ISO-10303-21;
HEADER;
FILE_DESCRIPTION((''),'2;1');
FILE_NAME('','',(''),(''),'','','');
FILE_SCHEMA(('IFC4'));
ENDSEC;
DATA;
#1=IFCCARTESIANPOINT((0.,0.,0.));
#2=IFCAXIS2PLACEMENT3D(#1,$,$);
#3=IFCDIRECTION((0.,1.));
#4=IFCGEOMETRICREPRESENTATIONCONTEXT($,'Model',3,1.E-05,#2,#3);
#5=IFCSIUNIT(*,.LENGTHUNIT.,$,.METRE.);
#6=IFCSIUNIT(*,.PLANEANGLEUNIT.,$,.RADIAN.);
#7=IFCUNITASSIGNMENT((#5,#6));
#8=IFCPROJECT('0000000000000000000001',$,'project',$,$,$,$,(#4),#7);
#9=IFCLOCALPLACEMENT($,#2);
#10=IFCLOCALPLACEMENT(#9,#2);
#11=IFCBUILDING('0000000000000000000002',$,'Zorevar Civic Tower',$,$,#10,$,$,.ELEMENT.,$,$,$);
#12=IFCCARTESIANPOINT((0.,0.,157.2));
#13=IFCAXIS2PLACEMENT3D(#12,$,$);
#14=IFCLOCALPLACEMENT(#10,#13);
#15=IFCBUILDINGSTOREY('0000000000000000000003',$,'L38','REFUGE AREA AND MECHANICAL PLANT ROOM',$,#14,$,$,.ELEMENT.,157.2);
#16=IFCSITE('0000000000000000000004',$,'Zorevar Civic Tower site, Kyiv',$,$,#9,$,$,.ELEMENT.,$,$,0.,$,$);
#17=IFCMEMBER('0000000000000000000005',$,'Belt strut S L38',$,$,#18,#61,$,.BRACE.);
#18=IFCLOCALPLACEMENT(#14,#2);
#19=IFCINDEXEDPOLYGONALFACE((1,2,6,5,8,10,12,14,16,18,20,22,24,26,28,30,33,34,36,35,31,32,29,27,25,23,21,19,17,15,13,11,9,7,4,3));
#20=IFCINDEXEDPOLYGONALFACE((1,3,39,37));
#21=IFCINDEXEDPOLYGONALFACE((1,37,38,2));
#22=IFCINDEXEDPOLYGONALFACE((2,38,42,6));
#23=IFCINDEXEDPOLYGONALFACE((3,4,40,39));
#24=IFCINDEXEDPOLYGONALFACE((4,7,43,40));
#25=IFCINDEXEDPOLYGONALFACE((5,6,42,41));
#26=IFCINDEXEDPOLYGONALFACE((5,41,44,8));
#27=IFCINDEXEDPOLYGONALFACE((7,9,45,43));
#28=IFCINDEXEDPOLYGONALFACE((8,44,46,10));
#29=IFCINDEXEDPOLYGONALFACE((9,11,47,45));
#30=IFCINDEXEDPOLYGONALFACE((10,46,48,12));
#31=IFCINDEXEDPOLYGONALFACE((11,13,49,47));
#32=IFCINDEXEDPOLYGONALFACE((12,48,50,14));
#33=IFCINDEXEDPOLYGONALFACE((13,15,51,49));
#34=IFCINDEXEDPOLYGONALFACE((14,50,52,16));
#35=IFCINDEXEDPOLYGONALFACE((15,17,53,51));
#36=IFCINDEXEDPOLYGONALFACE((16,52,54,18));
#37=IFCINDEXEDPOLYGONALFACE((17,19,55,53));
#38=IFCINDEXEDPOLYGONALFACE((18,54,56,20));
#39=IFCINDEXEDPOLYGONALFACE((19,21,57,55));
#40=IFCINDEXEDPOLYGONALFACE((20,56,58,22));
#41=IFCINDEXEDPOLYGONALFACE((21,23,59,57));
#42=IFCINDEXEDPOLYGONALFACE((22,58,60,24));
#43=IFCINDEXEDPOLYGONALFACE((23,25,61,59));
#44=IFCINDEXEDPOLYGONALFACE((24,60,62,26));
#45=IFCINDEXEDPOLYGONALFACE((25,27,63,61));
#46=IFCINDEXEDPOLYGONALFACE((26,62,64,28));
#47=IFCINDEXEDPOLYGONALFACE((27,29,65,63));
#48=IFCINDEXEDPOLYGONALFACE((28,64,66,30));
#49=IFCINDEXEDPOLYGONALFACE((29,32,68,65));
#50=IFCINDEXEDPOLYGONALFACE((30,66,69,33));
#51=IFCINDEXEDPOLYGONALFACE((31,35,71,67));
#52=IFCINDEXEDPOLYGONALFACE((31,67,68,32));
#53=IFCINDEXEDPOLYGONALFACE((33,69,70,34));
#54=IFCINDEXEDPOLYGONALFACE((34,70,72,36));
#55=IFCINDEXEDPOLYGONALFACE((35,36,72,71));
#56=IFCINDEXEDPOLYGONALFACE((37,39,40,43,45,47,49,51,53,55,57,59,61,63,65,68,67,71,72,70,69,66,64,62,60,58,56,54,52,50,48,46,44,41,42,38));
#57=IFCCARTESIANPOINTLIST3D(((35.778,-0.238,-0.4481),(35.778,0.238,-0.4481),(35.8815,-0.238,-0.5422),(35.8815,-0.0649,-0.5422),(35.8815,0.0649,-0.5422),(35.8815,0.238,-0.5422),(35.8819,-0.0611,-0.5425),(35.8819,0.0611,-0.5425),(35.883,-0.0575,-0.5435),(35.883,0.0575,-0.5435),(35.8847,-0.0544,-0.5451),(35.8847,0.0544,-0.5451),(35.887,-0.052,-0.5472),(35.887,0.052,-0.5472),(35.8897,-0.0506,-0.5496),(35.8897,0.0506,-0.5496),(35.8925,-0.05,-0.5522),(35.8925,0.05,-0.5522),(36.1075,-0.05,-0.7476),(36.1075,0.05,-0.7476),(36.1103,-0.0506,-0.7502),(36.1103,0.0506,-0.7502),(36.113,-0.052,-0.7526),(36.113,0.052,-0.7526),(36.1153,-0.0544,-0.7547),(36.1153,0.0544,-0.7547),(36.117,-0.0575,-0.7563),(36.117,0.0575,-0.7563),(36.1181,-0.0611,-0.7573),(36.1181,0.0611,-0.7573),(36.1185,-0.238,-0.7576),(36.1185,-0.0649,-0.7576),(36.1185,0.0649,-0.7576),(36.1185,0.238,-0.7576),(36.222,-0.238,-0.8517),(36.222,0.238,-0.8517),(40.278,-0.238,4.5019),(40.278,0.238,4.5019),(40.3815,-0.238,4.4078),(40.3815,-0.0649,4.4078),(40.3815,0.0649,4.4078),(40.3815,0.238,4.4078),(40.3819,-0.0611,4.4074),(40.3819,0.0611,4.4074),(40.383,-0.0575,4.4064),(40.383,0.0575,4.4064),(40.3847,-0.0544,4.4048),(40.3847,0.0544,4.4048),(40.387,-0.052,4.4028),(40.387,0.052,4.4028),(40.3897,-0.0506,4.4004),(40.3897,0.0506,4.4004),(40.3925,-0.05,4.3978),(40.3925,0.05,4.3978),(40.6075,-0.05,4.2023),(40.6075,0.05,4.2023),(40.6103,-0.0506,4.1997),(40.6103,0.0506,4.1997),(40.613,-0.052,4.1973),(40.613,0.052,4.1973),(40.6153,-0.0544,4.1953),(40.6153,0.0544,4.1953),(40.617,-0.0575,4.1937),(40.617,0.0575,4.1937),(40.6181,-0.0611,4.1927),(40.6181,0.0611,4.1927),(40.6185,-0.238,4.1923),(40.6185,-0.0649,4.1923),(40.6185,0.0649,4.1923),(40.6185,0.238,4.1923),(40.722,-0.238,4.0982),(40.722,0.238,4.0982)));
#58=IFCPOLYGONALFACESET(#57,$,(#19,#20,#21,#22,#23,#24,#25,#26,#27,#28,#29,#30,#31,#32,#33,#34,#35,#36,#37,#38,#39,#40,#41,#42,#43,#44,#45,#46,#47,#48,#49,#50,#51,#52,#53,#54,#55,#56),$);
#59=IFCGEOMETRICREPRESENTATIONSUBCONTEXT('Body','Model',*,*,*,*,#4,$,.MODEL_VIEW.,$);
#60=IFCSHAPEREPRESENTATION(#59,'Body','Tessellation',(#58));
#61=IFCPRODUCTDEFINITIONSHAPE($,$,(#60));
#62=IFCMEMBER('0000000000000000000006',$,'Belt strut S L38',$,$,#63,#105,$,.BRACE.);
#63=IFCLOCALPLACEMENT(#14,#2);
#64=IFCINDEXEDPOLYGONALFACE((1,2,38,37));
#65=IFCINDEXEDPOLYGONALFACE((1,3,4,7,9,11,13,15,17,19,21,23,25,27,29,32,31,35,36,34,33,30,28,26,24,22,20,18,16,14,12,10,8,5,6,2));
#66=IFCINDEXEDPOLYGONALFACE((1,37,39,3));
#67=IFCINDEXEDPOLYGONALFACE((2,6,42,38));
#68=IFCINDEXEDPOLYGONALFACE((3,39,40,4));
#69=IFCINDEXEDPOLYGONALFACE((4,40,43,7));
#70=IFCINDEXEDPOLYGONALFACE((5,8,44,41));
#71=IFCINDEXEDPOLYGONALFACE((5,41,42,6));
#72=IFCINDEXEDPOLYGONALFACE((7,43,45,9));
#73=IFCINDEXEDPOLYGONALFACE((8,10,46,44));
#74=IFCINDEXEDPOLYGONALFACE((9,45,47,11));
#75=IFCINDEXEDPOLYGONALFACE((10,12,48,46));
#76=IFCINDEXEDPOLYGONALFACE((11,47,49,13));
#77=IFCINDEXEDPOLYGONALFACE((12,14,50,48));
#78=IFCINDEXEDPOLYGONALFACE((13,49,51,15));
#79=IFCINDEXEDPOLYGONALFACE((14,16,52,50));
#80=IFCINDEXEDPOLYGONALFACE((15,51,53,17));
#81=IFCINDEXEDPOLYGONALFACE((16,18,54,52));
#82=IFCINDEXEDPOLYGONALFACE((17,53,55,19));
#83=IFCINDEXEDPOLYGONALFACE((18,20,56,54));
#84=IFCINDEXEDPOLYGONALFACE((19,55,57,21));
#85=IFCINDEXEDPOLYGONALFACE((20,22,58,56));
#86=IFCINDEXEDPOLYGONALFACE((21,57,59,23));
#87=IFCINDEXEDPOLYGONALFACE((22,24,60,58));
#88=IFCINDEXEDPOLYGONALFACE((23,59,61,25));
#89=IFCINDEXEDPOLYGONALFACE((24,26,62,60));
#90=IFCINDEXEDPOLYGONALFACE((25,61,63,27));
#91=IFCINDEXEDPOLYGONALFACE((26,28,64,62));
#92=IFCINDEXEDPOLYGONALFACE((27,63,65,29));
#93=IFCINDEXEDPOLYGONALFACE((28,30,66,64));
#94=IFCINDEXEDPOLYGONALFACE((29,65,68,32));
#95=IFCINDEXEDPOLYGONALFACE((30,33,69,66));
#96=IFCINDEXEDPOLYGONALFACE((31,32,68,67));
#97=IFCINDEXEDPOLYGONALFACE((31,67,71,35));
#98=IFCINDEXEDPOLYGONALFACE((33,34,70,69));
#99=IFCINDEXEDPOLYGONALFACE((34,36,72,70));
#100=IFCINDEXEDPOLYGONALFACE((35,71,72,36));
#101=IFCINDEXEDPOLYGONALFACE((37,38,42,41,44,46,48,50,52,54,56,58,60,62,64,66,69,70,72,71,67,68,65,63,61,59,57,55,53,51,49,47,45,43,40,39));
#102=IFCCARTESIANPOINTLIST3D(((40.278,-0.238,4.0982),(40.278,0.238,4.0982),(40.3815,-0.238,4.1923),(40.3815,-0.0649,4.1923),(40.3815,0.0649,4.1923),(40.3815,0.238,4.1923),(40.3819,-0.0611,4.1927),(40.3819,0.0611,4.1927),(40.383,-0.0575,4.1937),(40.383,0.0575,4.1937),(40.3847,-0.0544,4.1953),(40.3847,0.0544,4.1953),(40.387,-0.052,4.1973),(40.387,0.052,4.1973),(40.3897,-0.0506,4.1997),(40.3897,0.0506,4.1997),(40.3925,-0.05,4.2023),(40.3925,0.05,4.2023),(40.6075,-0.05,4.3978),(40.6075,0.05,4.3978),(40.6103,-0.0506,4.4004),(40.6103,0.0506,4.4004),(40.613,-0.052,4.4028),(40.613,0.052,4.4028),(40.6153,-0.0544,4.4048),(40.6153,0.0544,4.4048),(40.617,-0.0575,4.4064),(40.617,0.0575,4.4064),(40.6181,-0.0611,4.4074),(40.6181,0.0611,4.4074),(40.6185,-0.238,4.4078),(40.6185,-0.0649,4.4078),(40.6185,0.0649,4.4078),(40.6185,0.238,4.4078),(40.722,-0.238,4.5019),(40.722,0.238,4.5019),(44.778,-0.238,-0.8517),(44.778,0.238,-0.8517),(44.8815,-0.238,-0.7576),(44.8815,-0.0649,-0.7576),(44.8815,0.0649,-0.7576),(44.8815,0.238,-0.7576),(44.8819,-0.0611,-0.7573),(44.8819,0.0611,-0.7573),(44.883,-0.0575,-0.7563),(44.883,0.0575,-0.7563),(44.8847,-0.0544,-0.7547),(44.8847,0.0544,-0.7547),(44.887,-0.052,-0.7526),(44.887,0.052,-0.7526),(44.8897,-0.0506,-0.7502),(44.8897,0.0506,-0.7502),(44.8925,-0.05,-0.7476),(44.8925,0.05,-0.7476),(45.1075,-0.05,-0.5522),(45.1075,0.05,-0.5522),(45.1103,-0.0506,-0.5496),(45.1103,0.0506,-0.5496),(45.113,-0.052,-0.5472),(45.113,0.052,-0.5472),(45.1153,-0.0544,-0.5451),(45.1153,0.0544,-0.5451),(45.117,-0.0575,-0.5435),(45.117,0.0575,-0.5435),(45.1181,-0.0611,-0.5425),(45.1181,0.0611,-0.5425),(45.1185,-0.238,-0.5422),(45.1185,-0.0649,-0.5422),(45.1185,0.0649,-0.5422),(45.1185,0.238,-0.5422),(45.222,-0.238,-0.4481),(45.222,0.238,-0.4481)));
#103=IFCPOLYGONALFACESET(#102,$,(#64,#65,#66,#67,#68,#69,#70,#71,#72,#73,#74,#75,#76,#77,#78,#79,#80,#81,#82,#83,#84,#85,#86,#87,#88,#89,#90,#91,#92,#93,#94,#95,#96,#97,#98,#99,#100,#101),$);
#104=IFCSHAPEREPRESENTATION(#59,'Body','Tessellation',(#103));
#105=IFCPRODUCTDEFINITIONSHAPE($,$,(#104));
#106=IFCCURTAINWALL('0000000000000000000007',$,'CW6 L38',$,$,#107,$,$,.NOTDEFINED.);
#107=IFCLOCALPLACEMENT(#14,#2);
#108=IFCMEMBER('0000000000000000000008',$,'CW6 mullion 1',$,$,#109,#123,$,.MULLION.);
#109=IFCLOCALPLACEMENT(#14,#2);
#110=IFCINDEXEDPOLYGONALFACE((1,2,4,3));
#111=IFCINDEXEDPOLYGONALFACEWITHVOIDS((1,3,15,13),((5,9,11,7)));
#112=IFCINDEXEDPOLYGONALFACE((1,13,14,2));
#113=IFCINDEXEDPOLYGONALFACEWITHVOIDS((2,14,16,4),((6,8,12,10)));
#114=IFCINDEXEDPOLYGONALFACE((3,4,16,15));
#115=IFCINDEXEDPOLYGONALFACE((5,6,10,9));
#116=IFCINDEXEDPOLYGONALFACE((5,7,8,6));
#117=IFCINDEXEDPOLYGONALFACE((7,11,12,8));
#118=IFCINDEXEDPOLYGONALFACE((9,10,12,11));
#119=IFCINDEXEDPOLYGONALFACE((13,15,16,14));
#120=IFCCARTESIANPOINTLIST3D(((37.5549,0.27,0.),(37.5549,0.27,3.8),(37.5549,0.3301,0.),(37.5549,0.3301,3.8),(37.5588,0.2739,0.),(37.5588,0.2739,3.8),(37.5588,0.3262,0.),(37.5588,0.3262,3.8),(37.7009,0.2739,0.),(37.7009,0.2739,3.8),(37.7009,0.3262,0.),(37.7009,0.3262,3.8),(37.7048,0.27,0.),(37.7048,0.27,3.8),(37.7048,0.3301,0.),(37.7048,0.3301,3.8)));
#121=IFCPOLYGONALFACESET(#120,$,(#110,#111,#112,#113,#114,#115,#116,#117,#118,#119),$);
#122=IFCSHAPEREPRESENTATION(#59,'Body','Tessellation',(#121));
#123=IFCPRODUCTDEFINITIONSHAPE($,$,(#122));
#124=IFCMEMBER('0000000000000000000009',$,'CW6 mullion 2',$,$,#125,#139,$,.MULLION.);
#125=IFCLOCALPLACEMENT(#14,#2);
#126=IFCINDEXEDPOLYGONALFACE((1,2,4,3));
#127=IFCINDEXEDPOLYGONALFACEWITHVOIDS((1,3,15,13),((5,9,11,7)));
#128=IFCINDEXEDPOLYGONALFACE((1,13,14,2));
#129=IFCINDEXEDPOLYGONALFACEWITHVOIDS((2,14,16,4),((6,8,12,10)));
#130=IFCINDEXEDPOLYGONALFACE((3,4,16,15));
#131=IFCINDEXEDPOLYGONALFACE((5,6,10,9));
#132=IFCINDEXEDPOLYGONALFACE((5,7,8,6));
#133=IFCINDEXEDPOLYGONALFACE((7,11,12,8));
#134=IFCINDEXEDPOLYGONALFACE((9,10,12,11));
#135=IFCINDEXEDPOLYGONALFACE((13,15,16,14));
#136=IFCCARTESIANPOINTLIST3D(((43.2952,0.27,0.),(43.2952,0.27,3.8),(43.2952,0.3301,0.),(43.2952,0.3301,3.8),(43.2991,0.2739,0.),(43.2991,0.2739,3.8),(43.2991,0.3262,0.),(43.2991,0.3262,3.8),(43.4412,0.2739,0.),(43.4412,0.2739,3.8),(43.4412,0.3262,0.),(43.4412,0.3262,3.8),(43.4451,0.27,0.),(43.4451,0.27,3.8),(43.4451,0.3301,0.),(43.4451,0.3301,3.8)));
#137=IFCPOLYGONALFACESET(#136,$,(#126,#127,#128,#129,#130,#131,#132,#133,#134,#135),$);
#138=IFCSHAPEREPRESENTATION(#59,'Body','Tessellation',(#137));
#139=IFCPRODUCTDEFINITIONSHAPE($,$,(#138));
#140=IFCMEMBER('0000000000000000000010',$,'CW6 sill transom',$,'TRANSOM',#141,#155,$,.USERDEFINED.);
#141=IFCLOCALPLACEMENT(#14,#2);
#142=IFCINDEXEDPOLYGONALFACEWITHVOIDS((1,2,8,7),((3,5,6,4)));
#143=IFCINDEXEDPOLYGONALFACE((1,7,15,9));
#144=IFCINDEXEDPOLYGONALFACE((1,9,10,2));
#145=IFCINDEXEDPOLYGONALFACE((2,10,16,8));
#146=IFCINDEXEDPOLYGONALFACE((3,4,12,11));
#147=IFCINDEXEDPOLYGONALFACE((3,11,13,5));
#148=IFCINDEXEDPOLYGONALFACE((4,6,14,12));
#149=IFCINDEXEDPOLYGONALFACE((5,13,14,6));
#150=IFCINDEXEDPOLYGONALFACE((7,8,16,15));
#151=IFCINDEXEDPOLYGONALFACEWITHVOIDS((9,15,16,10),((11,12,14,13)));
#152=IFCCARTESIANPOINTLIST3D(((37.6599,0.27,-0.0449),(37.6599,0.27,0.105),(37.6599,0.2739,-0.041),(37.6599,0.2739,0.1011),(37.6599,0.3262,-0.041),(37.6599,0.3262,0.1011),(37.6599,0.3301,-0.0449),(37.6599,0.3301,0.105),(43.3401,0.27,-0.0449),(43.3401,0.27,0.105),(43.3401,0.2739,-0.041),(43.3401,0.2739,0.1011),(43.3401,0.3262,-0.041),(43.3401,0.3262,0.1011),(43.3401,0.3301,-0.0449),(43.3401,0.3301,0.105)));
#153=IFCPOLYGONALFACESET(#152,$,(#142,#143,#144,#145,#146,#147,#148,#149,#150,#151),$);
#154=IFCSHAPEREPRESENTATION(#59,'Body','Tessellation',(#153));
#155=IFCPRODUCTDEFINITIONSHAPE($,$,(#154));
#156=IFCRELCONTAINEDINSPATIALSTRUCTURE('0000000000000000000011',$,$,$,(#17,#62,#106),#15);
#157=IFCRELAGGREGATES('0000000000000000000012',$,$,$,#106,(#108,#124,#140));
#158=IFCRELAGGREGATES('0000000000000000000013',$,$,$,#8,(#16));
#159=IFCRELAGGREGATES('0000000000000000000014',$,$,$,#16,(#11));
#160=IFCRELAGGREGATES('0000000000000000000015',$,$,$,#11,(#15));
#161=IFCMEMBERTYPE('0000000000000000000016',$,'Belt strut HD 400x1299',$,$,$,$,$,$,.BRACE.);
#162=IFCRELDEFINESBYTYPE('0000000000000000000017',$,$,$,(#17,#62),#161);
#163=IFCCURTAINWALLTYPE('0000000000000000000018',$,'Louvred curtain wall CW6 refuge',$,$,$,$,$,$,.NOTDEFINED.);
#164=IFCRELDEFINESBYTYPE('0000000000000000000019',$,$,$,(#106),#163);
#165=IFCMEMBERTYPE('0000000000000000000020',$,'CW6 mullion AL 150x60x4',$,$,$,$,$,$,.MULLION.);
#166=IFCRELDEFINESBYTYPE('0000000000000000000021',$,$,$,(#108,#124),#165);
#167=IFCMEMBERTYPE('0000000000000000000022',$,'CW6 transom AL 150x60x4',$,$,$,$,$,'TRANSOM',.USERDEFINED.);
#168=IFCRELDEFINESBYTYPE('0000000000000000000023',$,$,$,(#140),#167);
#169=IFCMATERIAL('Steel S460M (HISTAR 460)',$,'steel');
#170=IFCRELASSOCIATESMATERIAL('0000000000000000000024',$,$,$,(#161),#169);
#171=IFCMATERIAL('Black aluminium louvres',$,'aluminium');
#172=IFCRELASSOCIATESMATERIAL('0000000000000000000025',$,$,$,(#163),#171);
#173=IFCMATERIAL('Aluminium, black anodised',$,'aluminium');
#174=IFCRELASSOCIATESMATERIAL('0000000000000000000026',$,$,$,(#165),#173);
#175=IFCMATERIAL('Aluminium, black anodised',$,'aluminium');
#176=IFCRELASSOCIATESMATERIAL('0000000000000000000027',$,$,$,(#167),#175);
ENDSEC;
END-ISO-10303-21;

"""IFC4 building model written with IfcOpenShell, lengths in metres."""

from ifc_helpers import new_model, si_unit, direction, frame, origin, origin_2d, place, context, subcontext, project, spatial, hollow_rectangle, i_section, extrude, material, material_profile, profile_set, type_object, element, aggregate, save


model = new_model("IFC4")

# Units and contexts
model_context = context("Model", 3, precision=1e-05, world=origin(), true_north=direction((0.0, 1.0)))
body_context = subcontext(model_context, "Body", "Model", "MODEL_VIEW")
ifc_project = project(units=[si_unit("LENGTHUNIT", "METRE"), si_unit("PLANEANGLEUNIT", "RADIAN")], contexts=[model_context])

# Site, building, storey
site_placement = place(None, origin())
site = spatial("IfcSite", under=ifc_project, at=site_placement, Name="Zorevar Civic Tower site, Kyiv", CompositionType="ELEMENT", RefElevation=0.0)
building_placement = place(site_placement, origin())
building = spatial("IfcBuilding", under=site, at=building_placement, Name="Zorevar Civic Tower", CompositionType="ELEMENT")
storey_placement = place(building_placement, frame((0.0, 0.0, 157.2)))
storey = spatial("IfcBuildingStorey", under=building, at=storey_placement, Name="L38", Description="REFUGE AREA AND MECHANICAL PLANT ROOM", CompositionType="ELEMENT", Elevation=157.2)

# Members
ifc_material_1 = material(Name="Steel S460M (HISTAR 460)", Category="steel")
ifc_material_profile_1 = material_profile(ifc_material_1, i_section(OverallWidth=0.4761, OverallDepth=0.6001, WebThickness=0.1001, FlangeThickness=0.1399, FilletRadius=0.0149, at=origin_2d()), Name="HD 400x1299")
ifc_profile_set_1 = profile_set([ifc_material_profile_1], Name="Steel S460M (HISTAR 460)")
member_type_1 = type_object("IfcMemberType", Name="Belt strut HD 400x1299", PredefinedType="BRACE", material=ifc_profile_set_1)
for number, where, z_axis, x_axis, name in (
    (1, (36.0, 0.0, -0.6499), (0.672676, 0.0, 0.739937), (0.0, 1.0, 0.0), "Belt strut S L38"),
    (2, (45.0, 0.0, -0.6499), (-0.672676, 0.0, 0.739937), (0.0, -1.0, 0.0), "Belt strut S L38"),
):
    element("IfcMember", number, at=place(storey_placement, frame(where, z_axis=z_axis, x_axis=x_axis)), inside=storey, type_object=member_type_1, Name=name, PredefinedType="BRACE", context=body_context, shape_type="SweptSolid", body=[
        extrude(i_section(OverallWidth=0.4761, OverallDepth=0.6001, WebThickness=0.1001, FlangeThickness=0.1399, FilletRadius=0.0149, at=origin_2d()), origin(), (0.0, 0.0, 1.0), 6.6897),
    ])

# Curtain wall, members
ifc_material_2 = material(Name="Black aluminium louvres", Category="aluminium")
curtain_wall_type = type_object("IfcCurtainWallType", Name="Louvred curtain wall CW6 refuge", PredefinedType="NOTDEFINED", material=ifc_material_2)
curtain_wall_placement = place(storey_placement, origin())
curtain_wall = element("IfcCurtainWall", 3, at=curtain_wall_placement, inside=storey, type_object=curtain_wall_type, Name="CW6 L38", PredefinedType="NOTDEFINED")
ifc_material_3 = material(Name="Aluminium, black anodised", Category="aluminium")
ifc_material_profile_2 = material_profile(ifc_material_3, hollow_rectangle(XDim=0.0601, YDim=0.1499, WallThickness=0.0039, at=origin_2d()), Name="AL 150x60x4")
ifc_profile_set_2 = profile_set([ifc_material_profile_2], Name="Aluminium, black anodised")
member_type_2 = type_object("IfcMemberType", Name="CW6 mullion AL 150x60x4", PredefinedType="MULLION", material=ifc_profile_set_2)
member_1_placement = place(storey_placement, frame((37.6299, 0.3, 0.0), z_axis=(0.0, 0.0, 1.0), x_axis=(0.0, 1.0, 0.0)))
member_1 = element("IfcMember", 4, at=member_1_placement, type_object=member_type_2, Name="CW6 mullion 1", PredefinedType="MULLION", context=body_context, shape_type="SweptSolid", body=[
    extrude(hollow_rectangle(XDim=0.0601, YDim=0.1499, WallThickness=0.0039, at=origin_2d()), origin(), (0.0, 0.0, 1.0), 3.8),
])
member_2_placement = place(storey_placement, frame((43.3701, 0.3, 0.0), z_axis=(0.0, 0.0, 1.0), x_axis=(0.0, 1.0, 0.0)))
member_2 = element("IfcMember", 5, at=member_2_placement, type_object=member_type_2, Name="CW6 mullion 2", PredefinedType="MULLION", context=body_context, shape_type="SweptSolid", body=[
    extrude(hollow_rectangle(XDim=0.0601, YDim=0.1499, WallThickness=0.0039, at=origin_2d()), origin(), (0.0, 0.0, 1.0), 3.8),
])
ifc_material_4 = material(Name="Aluminium, black anodised", Category="aluminium")
ifc_material_profile_3 = material_profile(ifc_material_4, hollow_rectangle(XDim=0.0601, YDim=0.1499, WallThickness=0.0039, at=origin_2d()), Name="AL 150x60x4")
ifc_profile_set_3 = profile_set([ifc_material_profile_3], Name="Aluminium, black anodised")
member_type_3 = type_object("IfcMemberType", Name="CW6 transom AL 150x60x4", ElementType="TRANSOM", PredefinedType="USERDEFINED", material=ifc_profile_set_3)
member_3_placement = place(storey_placement, frame((37.6599, 0.3, 0.03), z_axis=(1.0, 0.0, 0.0), x_axis=(0.0, 1.0, 0.0)))
member_3 = element("IfcMember", 6, at=member_3_placement, type_object=member_type_3, Name="CW6 sill transom", ObjectType="TRANSOM", PredefinedType="USERDEFINED", context=body_context, shape_type="SweptSolid", body=[
    extrude(hollow_rectangle(XDim=0.0601, YDim=0.1499, WallThickness=0.0039, at=origin_2d()), origin(), (0.0, 0.0, 1.0), 5.6802),
])

aggregate(curtain_wall, [member_1, member_2, member_3])

save(model, "model.ifc")
